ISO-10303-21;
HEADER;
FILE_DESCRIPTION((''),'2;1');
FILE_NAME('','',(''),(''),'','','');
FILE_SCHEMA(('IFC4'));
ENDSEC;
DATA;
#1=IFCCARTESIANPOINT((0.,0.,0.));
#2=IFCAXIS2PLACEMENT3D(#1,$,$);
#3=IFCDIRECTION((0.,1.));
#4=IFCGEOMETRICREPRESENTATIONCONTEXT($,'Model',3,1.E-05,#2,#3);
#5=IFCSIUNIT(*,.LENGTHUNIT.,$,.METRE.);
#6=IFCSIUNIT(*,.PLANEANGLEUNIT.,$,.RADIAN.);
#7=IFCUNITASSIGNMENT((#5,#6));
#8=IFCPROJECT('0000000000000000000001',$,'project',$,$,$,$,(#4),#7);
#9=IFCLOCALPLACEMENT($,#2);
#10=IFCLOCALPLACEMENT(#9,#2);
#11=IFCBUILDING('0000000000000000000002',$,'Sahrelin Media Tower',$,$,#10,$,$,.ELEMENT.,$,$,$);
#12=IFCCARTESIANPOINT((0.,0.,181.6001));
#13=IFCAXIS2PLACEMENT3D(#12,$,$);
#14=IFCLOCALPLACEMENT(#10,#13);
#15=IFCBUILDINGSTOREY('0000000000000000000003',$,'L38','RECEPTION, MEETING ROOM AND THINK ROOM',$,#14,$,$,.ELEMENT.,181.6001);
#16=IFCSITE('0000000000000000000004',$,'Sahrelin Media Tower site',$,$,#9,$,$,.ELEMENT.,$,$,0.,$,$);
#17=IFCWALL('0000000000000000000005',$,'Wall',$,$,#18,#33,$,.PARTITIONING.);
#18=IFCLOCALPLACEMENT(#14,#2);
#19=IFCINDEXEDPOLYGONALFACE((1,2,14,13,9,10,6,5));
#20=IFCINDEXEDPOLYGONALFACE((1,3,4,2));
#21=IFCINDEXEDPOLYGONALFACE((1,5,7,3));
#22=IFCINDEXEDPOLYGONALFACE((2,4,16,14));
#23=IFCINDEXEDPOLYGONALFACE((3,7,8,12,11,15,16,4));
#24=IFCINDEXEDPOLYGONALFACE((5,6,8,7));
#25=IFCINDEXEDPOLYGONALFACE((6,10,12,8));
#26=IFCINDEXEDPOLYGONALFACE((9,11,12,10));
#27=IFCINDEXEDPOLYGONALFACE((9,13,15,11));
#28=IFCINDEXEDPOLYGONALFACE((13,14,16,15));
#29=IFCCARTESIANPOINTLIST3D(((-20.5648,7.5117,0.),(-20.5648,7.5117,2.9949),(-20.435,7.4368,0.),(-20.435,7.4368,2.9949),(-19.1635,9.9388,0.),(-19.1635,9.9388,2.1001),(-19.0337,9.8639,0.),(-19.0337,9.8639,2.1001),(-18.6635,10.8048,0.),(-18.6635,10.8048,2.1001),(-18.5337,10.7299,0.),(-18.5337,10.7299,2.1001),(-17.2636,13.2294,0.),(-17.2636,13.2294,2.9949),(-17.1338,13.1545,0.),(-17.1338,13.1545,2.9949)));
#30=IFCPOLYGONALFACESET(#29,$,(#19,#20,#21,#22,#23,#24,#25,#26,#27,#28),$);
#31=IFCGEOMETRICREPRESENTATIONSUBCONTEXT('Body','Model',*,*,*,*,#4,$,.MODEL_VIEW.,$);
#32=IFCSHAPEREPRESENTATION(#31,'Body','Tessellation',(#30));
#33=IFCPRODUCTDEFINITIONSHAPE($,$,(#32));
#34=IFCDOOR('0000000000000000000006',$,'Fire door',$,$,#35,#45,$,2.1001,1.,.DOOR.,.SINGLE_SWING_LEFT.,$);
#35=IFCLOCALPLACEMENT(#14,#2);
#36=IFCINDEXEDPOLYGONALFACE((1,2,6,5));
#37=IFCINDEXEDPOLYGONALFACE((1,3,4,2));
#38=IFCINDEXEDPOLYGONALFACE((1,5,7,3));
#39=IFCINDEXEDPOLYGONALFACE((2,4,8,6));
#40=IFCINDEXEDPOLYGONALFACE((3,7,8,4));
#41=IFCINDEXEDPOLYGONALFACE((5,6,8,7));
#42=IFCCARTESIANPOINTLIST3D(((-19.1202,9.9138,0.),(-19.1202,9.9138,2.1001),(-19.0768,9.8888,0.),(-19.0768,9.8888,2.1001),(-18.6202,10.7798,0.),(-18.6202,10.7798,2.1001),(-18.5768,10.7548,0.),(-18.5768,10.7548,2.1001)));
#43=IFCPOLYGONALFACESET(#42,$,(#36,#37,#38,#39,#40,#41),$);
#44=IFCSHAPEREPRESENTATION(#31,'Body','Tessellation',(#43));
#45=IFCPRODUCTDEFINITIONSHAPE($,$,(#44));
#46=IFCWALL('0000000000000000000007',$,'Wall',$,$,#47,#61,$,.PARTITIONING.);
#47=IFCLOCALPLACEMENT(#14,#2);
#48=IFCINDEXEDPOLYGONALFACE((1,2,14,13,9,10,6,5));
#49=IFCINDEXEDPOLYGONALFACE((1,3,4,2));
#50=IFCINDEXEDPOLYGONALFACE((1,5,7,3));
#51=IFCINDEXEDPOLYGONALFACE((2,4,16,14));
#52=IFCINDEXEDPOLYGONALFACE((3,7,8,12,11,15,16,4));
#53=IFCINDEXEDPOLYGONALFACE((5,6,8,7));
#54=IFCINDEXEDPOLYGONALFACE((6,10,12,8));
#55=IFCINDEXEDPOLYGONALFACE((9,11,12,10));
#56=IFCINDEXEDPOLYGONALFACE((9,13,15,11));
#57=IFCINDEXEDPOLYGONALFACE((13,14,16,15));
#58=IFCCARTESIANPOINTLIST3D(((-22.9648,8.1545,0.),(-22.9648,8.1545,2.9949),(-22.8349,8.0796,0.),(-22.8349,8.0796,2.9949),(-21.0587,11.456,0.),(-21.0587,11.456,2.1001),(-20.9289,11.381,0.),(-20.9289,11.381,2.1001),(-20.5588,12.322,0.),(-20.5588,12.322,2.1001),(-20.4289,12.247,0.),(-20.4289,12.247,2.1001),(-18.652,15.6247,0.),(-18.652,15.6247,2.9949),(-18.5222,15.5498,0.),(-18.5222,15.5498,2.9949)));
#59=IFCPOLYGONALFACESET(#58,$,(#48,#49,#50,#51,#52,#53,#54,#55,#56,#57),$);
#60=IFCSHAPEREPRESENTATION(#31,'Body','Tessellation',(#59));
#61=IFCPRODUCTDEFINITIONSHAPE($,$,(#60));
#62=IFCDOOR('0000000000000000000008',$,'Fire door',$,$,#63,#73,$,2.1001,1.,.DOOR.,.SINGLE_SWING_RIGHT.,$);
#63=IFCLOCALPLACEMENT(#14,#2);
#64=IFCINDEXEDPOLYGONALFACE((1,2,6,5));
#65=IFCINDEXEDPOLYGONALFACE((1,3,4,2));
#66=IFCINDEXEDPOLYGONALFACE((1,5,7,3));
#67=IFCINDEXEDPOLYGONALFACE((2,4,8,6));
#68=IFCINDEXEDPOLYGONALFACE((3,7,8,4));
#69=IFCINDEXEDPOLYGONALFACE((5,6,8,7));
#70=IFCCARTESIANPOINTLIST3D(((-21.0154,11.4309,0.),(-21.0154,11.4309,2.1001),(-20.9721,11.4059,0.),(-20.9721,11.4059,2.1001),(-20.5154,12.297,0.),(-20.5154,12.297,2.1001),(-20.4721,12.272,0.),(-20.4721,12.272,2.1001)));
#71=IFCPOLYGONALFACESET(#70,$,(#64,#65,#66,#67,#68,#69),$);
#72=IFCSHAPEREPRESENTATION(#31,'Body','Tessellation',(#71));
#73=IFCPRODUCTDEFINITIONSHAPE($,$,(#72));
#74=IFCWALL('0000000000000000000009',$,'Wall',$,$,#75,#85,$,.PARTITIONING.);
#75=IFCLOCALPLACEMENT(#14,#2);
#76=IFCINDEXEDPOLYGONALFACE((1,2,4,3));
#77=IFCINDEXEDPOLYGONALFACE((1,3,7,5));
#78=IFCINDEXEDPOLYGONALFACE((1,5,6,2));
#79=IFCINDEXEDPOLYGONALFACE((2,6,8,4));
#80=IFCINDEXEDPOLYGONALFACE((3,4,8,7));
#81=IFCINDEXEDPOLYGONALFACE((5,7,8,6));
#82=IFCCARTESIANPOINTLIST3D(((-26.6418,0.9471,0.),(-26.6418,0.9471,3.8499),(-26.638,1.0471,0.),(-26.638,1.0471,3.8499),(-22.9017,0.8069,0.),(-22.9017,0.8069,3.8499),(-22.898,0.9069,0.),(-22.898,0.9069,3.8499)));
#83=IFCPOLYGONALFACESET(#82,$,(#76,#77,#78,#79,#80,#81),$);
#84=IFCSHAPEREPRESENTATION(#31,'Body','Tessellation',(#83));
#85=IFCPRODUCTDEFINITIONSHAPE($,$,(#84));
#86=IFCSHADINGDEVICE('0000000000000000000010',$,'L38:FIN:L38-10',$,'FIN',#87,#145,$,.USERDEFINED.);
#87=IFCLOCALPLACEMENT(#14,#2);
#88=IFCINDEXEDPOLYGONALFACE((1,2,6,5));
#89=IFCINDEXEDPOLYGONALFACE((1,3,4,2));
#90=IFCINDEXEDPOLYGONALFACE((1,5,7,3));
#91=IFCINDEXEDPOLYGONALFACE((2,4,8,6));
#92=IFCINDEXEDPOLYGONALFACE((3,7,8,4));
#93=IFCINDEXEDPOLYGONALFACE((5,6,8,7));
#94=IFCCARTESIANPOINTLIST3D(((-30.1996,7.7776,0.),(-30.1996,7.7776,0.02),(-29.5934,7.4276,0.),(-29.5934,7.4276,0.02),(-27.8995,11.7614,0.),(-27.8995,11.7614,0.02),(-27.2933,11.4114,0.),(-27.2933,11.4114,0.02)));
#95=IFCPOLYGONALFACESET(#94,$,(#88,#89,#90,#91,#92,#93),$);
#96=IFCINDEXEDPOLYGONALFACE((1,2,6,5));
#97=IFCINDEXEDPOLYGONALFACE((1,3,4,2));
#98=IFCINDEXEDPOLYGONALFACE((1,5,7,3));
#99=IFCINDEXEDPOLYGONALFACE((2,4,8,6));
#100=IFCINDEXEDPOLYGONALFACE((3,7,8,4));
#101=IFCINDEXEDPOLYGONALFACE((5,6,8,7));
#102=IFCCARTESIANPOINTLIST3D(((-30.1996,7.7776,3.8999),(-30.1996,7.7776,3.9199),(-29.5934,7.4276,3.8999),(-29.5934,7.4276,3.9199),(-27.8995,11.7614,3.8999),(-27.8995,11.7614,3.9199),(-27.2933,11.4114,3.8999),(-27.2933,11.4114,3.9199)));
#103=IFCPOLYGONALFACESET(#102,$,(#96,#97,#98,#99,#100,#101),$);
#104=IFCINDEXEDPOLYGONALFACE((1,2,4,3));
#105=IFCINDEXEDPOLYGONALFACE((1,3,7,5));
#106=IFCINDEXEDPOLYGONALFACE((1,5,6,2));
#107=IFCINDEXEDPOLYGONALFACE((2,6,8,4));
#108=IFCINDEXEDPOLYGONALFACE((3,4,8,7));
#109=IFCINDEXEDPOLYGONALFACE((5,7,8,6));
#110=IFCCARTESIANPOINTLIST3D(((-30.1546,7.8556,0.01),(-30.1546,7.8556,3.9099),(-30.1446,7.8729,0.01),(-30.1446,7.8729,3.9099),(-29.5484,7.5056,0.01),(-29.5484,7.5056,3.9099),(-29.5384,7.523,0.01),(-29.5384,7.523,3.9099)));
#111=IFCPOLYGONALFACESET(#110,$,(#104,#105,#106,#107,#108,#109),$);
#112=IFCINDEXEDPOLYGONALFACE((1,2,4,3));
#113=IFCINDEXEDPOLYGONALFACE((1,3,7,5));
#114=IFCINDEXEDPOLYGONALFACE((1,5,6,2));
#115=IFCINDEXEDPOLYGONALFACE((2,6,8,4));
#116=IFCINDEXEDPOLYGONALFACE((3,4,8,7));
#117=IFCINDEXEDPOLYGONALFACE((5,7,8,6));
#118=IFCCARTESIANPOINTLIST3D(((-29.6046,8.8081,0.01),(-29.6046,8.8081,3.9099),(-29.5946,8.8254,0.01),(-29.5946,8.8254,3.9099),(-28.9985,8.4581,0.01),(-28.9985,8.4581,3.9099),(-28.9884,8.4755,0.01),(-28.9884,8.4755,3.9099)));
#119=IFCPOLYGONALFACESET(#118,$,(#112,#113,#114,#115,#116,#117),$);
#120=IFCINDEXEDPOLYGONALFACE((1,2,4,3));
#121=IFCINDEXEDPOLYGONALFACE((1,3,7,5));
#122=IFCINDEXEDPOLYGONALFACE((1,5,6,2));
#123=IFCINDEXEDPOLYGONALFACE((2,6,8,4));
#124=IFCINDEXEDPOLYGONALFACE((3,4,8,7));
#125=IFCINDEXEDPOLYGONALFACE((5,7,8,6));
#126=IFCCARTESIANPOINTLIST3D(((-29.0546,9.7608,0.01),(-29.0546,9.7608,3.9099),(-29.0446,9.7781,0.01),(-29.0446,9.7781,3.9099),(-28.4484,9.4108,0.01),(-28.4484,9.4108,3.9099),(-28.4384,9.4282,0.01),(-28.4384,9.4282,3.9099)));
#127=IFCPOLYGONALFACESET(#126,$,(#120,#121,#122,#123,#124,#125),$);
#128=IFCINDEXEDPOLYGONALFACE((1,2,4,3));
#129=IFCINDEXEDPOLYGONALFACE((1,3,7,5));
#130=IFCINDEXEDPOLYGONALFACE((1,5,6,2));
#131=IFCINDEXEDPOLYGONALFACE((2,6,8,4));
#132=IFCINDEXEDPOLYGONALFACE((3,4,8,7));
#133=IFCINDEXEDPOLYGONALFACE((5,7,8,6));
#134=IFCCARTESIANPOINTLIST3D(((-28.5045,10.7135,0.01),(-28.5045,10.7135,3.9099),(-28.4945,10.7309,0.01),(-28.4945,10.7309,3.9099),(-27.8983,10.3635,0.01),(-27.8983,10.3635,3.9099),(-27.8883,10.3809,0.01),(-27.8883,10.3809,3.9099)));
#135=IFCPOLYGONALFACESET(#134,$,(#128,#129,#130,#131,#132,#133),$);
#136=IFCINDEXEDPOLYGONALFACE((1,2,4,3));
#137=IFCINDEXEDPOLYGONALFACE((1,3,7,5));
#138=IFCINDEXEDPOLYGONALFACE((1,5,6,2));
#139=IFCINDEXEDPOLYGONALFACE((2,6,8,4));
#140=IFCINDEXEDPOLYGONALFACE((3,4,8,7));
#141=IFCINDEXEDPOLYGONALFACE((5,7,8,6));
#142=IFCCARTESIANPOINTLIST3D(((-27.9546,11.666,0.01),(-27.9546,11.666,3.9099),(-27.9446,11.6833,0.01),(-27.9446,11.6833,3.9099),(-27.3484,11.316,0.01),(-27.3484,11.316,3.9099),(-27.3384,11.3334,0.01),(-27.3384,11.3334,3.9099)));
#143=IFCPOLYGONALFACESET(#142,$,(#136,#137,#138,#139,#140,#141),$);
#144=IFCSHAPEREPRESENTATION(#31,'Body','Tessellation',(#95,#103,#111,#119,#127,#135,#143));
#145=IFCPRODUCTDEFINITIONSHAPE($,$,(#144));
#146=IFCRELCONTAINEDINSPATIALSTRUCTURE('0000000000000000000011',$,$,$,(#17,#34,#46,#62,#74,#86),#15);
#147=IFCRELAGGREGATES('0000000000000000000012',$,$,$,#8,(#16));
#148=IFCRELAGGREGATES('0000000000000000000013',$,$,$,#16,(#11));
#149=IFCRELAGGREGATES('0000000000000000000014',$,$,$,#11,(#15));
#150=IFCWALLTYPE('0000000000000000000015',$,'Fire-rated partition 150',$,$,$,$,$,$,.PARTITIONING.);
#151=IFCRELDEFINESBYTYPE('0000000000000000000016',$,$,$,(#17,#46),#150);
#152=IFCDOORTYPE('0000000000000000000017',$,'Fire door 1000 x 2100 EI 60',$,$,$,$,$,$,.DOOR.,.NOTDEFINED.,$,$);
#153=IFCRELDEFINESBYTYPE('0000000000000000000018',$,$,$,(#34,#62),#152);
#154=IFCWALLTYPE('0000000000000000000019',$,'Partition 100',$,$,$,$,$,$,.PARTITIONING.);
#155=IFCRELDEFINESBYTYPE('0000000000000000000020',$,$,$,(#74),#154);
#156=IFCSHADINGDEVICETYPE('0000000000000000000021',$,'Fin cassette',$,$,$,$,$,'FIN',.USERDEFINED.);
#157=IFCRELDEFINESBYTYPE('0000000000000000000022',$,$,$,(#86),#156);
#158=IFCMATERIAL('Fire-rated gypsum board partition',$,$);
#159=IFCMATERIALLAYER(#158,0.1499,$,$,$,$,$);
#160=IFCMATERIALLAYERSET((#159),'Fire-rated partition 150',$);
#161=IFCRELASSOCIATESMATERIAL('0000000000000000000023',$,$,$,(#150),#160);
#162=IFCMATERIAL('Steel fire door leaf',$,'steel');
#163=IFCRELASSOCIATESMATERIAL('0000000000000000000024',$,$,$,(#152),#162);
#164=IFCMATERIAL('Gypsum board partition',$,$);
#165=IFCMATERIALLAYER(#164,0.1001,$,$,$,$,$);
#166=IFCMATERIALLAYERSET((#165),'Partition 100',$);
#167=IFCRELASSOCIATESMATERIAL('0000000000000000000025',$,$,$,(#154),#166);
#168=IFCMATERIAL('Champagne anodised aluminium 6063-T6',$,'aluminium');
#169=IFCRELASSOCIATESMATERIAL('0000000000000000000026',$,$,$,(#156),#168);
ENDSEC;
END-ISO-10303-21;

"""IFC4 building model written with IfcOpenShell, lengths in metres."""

from ifc_helpers import new_model, si_unit, direction, frame, frame_2d, origin, origin_2d, place, context, subcontext, project, spatial, rectangle, extrude, material, layer, layer_set, type_object, element, fill, save


model = new_model("IFC4")

# Units and contexts
model_context = context("Model", 3, precision=1e-05, world=origin(), true_north=direction((0.0, 1.0)))
body_context = subcontext(model_context, "Body", "Model", "MODEL_VIEW")
ifc_project = project(units=[si_unit("LENGTHUNIT", "METRE"), si_unit("PLANEANGLEUNIT", "RADIAN")], contexts=[model_context])

# Site, building, storey
site_placement = place(None, origin())
site = spatial("IfcSite", under=ifc_project, at=site_placement, Name="Sahrelin Media Tower site", CompositionType="ELEMENT", RefElevation=0.0)
building_placement = place(site_placement, origin())
building = spatial("IfcBuilding", under=site, at=building_placement, Name="Sahrelin Media Tower", CompositionType="ELEMENT")
storey_placement = place(building_placement, frame((0.0, 0.0, 181.6001)))
storey = spatial("IfcBuildingStorey", under=building, at=storey_placement, Name="L38", Description="RECEPTION, MEETING ROOM AND THINK ROOM", CompositionType="ELEMENT", Elevation=181.6001)

# Shared definitions
ifc_material_1 = material(Name="Champagne anodised aluminium 6063-T6", Category="aluminium")

# Shared definitions
ifc_material_2 = material(Name="Fire-rated gypsum board partition")
ifc_layer_1 = layer(ifc_material_2, 0.1499)
ifc_layer_set_1 = layer_set([ifc_layer_1], Name="Fire-rated partition 150")
wall_type_1 = type_object("IfcWallType", Name="Fire-rated partition 150", PredefinedType="PARTITIONING", material=ifc_layer_set_1)

# Walls, openings, doors
wall_1_placement = place(storey_placement, frame((-20.5, 7.4741, 0.0), z_axis=(0.0, 0.0, 1.0), x_axis=(0.500013, 0.866018, 0.0)))
wall_1 = element("IfcWall", 1, at=wall_1_placement, inside=storey, type_object=wall_type_1, Name="Wall", PredefinedType="PARTITIONING", context=body_context, shape_type="SweptSolid", body=[
    extrude(rectangle(XDim=6.6023, YDim=0.1499, at=frame_2d((3.3013, 0.0))), origin(), (0.0, 0.0, 1.0), 2.9949),
])
opening_1_placement = place(wall_1_placement, frame((2.8027, 0.0, 0.0)))
opening_1 = element("IfcOpeningElement", 2, at=opening_1_placement, cuts=wall_1, PredefinedType="OPENING", context=body_context, shape_type="SweptSolid", body=[
    extrude(rectangle(XDim=1.0, YDim=2.1001, at=frame_2d((0.5, 1.05))), frame((0.0, 0.075, 0.0), z_axis=(0.0, -1.0, 0.0), x_axis=(1.0, 0.0, 0.0)), (0.0, 0.0, 1.0), 0.1499),
])
ifc_material_3 = material(Name="Steel fire door leaf", Category="steel")
door_type = type_object("IfcDoorType", Name="Fire door 1000 x 2100 EI 60", OperationType="NOTDEFINED", PredefinedType="DOOR", material=ifc_material_3)
door_1_placement = place(opening_1_placement, origin())
door_1 = element("IfcDoor", 3, at=door_1_placement, inside=storey, type_object=door_type, Name="Fire door", OperationType="SINGLE_SWING_LEFT", OverallHeight=2.1001, OverallWidth=1.0, PredefinedType="DOOR", context=body_context, shape_type="SweptSolid", body=[
    extrude(rectangle(XDim=1.0, YDim=2.1001, at=frame_2d((0.5, 1.05))), frame((0.0, 0.0249, 0.0), z_axis=(0.0, -1.0, 0.0), x_axis=(1.0, 0.0, 0.0)), (0.0, 0.0, 1.0), 0.05),
])
fill(opening_1, door_1)
wall_2_placement = place(storey_placement, frame((-22.8999, 8.1169, 0.0), z_axis=(0.0, 0.0, 1.0), x_axis=(0.499984, 0.866035, 0.0)))
wall_2 = element("IfcWall", 4, at=wall_2_placement, inside=storey, type_object=wall_type_1, Name="Wall", PredefinedType="PARTITIONING", context=body_context, shape_type="SweptSolid", body=[
    extrude(rectangle(XDim=8.6257, YDim=0.1499, at=frame_2d((4.313, 0.0))), origin(), (0.0, 0.0, 1.0), 2.9949),
])
opening_2_placement = place(wall_2_placement, frame((3.8123, 0.0, 0.0)))
opening_2 = element("IfcOpeningElement", 5, at=opening_2_placement, cuts=wall_2, PredefinedType="OPENING", context=body_context, shape_type="SweptSolid", body=[
    extrude(rectangle(XDim=1.0, YDim=2.1001, at=frame_2d((0.5, 1.05))), frame((0.0, 0.075, 0.0), z_axis=(0.0, -1.0, 0.0), x_axis=(1.0, 0.0, 0.0)), (0.0, 0.0, 1.0), 0.1499),
])
door_2_placement = place(opening_2_placement, origin())
door_2 = element("IfcDoor", 6, at=door_2_placement, inside=storey, type_object=door_type, Name="Fire door", OperationType="SINGLE_SWING_RIGHT", OverallHeight=2.1001, OverallWidth=1.0, PredefinedType="DOOR", context=body_context, shape_type="SweptSolid", body=[
    extrude(rectangle(XDim=1.0, YDim=2.1001, at=frame_2d((0.5, 1.05))), frame((0.0, 0.0249, 0.0), z_axis=(0.0, -1.0, 0.0), x_axis=(1.0, 0.0, 0.0)), (0.0, 0.0, 1.0), 0.05),
])
fill(opening_2, door_2)

# Wall
ifc_material_4 = material(Name="Gypsum board partition")
ifc_layer_2 = layer(ifc_material_4, 0.1001)
ifc_layer_set_2 = layer_set([ifc_layer_2], Name="Partition 100")
wall_type_2 = type_object("IfcWallType", Name="Partition 100", PredefinedType="PARTITIONING", material=ifc_layer_set_2)
wall_3_placement = place(storey_placement, frame((-26.6399, 0.9971, 0.0), z_axis=(0.0, 0.0, 1.0), x_axis=(0.999299, -0.037444, 0.0)))
element("IfcWall", 7, at=wall_3_placement, inside=storey, type_object=wall_type_2, Name="Wall", PredefinedType="PARTITIONING", context=body_context, shape_type="SweptSolid", body=[
    extrude(rectangle(XDim=3.7427, YDim=0.1001, at=frame_2d((1.8713, 0.0))), origin(), (0.0, 0.0, 1.0), 3.8499),
])

# Shading device
shading_device_type_1 = type_object("IfcShadingDeviceType", Name="Fin cassette", ElementType="FIN", PredefinedType="USERDEFINED", material=ifc_material_1)
placement_1 = place(storey_placement, frame((-28.3828, 9.3845, 0.0), z_axis=(0.0, 0.0, 1.0), x_axis=(0.500011, 0.866019, 0.0)))
element("IfcShadingDevice", 8, at=placement_1, inside=storey, type_object=shading_device_type_1, Name="L38:FIN:L38-10", ObjectType="FIN", PredefinedType="USERDEFINED", context=body_context, shape_type="SweptSolid", body=[
    extrude(rectangle(XDim=4.6001, YDim=0.7, at=origin_2d()), frame((0.0, 0.4199, 0.0)), (0.0, 0.0, 1.0), 0.02),
    extrude(rectangle(XDim=4.6001, YDim=0.7, at=origin_2d()), frame((0.0, 0.4199, 3.8999)), (0.0, 0.0, 1.0), 0.02),
    extrude(rectangle(XDim=0.02, YDim=0.7, at=origin_2d()), frame((-2.2, 0.4199, 0.01), z_axis=(0.0, 0.0, 1.0), x_axis=(1.0, 0.0, 0.0)), (0.0, 0.0, 1.0), 3.8999),
    extrude(rectangle(XDim=0.02, YDim=0.7, at=origin_2d()), frame((-1.1001, 0.4199, 0.01), z_axis=(0.0, 0.0, 1.0), x_axis=(1.0, 0.0, 0.0)), (0.0, 0.0, 1.0), 3.8999),
    extrude(rectangle(XDim=0.02, YDim=0.7, at=origin_2d()), frame((0.0, 0.4199, 0.01), z_axis=(0.0, 0.0, 1.0), x_axis=(1.0, 0.0, 0.0)), (0.0, 0.0, 1.0), 3.8999),
    extrude(rectangle(XDim=0.02, YDim=0.7, at=origin_2d()), frame((1.1001, 0.4199, 0.01), z_axis=(0.0, 0.0, 1.0), x_axis=(1.0, 0.0, 0.0)), (0.0, 0.0, 1.0), 3.8999),
    extrude(rectangle(XDim=0.02, YDim=0.7, at=origin_2d()), frame((2.2, 0.4199, 0.01), z_axis=(0.0, 0.0, 1.0), x_axis=(1.0, 0.0, 0.0)), (0.0, 0.0, 1.0), 3.8999),
])

save(model, "model.ifc")
